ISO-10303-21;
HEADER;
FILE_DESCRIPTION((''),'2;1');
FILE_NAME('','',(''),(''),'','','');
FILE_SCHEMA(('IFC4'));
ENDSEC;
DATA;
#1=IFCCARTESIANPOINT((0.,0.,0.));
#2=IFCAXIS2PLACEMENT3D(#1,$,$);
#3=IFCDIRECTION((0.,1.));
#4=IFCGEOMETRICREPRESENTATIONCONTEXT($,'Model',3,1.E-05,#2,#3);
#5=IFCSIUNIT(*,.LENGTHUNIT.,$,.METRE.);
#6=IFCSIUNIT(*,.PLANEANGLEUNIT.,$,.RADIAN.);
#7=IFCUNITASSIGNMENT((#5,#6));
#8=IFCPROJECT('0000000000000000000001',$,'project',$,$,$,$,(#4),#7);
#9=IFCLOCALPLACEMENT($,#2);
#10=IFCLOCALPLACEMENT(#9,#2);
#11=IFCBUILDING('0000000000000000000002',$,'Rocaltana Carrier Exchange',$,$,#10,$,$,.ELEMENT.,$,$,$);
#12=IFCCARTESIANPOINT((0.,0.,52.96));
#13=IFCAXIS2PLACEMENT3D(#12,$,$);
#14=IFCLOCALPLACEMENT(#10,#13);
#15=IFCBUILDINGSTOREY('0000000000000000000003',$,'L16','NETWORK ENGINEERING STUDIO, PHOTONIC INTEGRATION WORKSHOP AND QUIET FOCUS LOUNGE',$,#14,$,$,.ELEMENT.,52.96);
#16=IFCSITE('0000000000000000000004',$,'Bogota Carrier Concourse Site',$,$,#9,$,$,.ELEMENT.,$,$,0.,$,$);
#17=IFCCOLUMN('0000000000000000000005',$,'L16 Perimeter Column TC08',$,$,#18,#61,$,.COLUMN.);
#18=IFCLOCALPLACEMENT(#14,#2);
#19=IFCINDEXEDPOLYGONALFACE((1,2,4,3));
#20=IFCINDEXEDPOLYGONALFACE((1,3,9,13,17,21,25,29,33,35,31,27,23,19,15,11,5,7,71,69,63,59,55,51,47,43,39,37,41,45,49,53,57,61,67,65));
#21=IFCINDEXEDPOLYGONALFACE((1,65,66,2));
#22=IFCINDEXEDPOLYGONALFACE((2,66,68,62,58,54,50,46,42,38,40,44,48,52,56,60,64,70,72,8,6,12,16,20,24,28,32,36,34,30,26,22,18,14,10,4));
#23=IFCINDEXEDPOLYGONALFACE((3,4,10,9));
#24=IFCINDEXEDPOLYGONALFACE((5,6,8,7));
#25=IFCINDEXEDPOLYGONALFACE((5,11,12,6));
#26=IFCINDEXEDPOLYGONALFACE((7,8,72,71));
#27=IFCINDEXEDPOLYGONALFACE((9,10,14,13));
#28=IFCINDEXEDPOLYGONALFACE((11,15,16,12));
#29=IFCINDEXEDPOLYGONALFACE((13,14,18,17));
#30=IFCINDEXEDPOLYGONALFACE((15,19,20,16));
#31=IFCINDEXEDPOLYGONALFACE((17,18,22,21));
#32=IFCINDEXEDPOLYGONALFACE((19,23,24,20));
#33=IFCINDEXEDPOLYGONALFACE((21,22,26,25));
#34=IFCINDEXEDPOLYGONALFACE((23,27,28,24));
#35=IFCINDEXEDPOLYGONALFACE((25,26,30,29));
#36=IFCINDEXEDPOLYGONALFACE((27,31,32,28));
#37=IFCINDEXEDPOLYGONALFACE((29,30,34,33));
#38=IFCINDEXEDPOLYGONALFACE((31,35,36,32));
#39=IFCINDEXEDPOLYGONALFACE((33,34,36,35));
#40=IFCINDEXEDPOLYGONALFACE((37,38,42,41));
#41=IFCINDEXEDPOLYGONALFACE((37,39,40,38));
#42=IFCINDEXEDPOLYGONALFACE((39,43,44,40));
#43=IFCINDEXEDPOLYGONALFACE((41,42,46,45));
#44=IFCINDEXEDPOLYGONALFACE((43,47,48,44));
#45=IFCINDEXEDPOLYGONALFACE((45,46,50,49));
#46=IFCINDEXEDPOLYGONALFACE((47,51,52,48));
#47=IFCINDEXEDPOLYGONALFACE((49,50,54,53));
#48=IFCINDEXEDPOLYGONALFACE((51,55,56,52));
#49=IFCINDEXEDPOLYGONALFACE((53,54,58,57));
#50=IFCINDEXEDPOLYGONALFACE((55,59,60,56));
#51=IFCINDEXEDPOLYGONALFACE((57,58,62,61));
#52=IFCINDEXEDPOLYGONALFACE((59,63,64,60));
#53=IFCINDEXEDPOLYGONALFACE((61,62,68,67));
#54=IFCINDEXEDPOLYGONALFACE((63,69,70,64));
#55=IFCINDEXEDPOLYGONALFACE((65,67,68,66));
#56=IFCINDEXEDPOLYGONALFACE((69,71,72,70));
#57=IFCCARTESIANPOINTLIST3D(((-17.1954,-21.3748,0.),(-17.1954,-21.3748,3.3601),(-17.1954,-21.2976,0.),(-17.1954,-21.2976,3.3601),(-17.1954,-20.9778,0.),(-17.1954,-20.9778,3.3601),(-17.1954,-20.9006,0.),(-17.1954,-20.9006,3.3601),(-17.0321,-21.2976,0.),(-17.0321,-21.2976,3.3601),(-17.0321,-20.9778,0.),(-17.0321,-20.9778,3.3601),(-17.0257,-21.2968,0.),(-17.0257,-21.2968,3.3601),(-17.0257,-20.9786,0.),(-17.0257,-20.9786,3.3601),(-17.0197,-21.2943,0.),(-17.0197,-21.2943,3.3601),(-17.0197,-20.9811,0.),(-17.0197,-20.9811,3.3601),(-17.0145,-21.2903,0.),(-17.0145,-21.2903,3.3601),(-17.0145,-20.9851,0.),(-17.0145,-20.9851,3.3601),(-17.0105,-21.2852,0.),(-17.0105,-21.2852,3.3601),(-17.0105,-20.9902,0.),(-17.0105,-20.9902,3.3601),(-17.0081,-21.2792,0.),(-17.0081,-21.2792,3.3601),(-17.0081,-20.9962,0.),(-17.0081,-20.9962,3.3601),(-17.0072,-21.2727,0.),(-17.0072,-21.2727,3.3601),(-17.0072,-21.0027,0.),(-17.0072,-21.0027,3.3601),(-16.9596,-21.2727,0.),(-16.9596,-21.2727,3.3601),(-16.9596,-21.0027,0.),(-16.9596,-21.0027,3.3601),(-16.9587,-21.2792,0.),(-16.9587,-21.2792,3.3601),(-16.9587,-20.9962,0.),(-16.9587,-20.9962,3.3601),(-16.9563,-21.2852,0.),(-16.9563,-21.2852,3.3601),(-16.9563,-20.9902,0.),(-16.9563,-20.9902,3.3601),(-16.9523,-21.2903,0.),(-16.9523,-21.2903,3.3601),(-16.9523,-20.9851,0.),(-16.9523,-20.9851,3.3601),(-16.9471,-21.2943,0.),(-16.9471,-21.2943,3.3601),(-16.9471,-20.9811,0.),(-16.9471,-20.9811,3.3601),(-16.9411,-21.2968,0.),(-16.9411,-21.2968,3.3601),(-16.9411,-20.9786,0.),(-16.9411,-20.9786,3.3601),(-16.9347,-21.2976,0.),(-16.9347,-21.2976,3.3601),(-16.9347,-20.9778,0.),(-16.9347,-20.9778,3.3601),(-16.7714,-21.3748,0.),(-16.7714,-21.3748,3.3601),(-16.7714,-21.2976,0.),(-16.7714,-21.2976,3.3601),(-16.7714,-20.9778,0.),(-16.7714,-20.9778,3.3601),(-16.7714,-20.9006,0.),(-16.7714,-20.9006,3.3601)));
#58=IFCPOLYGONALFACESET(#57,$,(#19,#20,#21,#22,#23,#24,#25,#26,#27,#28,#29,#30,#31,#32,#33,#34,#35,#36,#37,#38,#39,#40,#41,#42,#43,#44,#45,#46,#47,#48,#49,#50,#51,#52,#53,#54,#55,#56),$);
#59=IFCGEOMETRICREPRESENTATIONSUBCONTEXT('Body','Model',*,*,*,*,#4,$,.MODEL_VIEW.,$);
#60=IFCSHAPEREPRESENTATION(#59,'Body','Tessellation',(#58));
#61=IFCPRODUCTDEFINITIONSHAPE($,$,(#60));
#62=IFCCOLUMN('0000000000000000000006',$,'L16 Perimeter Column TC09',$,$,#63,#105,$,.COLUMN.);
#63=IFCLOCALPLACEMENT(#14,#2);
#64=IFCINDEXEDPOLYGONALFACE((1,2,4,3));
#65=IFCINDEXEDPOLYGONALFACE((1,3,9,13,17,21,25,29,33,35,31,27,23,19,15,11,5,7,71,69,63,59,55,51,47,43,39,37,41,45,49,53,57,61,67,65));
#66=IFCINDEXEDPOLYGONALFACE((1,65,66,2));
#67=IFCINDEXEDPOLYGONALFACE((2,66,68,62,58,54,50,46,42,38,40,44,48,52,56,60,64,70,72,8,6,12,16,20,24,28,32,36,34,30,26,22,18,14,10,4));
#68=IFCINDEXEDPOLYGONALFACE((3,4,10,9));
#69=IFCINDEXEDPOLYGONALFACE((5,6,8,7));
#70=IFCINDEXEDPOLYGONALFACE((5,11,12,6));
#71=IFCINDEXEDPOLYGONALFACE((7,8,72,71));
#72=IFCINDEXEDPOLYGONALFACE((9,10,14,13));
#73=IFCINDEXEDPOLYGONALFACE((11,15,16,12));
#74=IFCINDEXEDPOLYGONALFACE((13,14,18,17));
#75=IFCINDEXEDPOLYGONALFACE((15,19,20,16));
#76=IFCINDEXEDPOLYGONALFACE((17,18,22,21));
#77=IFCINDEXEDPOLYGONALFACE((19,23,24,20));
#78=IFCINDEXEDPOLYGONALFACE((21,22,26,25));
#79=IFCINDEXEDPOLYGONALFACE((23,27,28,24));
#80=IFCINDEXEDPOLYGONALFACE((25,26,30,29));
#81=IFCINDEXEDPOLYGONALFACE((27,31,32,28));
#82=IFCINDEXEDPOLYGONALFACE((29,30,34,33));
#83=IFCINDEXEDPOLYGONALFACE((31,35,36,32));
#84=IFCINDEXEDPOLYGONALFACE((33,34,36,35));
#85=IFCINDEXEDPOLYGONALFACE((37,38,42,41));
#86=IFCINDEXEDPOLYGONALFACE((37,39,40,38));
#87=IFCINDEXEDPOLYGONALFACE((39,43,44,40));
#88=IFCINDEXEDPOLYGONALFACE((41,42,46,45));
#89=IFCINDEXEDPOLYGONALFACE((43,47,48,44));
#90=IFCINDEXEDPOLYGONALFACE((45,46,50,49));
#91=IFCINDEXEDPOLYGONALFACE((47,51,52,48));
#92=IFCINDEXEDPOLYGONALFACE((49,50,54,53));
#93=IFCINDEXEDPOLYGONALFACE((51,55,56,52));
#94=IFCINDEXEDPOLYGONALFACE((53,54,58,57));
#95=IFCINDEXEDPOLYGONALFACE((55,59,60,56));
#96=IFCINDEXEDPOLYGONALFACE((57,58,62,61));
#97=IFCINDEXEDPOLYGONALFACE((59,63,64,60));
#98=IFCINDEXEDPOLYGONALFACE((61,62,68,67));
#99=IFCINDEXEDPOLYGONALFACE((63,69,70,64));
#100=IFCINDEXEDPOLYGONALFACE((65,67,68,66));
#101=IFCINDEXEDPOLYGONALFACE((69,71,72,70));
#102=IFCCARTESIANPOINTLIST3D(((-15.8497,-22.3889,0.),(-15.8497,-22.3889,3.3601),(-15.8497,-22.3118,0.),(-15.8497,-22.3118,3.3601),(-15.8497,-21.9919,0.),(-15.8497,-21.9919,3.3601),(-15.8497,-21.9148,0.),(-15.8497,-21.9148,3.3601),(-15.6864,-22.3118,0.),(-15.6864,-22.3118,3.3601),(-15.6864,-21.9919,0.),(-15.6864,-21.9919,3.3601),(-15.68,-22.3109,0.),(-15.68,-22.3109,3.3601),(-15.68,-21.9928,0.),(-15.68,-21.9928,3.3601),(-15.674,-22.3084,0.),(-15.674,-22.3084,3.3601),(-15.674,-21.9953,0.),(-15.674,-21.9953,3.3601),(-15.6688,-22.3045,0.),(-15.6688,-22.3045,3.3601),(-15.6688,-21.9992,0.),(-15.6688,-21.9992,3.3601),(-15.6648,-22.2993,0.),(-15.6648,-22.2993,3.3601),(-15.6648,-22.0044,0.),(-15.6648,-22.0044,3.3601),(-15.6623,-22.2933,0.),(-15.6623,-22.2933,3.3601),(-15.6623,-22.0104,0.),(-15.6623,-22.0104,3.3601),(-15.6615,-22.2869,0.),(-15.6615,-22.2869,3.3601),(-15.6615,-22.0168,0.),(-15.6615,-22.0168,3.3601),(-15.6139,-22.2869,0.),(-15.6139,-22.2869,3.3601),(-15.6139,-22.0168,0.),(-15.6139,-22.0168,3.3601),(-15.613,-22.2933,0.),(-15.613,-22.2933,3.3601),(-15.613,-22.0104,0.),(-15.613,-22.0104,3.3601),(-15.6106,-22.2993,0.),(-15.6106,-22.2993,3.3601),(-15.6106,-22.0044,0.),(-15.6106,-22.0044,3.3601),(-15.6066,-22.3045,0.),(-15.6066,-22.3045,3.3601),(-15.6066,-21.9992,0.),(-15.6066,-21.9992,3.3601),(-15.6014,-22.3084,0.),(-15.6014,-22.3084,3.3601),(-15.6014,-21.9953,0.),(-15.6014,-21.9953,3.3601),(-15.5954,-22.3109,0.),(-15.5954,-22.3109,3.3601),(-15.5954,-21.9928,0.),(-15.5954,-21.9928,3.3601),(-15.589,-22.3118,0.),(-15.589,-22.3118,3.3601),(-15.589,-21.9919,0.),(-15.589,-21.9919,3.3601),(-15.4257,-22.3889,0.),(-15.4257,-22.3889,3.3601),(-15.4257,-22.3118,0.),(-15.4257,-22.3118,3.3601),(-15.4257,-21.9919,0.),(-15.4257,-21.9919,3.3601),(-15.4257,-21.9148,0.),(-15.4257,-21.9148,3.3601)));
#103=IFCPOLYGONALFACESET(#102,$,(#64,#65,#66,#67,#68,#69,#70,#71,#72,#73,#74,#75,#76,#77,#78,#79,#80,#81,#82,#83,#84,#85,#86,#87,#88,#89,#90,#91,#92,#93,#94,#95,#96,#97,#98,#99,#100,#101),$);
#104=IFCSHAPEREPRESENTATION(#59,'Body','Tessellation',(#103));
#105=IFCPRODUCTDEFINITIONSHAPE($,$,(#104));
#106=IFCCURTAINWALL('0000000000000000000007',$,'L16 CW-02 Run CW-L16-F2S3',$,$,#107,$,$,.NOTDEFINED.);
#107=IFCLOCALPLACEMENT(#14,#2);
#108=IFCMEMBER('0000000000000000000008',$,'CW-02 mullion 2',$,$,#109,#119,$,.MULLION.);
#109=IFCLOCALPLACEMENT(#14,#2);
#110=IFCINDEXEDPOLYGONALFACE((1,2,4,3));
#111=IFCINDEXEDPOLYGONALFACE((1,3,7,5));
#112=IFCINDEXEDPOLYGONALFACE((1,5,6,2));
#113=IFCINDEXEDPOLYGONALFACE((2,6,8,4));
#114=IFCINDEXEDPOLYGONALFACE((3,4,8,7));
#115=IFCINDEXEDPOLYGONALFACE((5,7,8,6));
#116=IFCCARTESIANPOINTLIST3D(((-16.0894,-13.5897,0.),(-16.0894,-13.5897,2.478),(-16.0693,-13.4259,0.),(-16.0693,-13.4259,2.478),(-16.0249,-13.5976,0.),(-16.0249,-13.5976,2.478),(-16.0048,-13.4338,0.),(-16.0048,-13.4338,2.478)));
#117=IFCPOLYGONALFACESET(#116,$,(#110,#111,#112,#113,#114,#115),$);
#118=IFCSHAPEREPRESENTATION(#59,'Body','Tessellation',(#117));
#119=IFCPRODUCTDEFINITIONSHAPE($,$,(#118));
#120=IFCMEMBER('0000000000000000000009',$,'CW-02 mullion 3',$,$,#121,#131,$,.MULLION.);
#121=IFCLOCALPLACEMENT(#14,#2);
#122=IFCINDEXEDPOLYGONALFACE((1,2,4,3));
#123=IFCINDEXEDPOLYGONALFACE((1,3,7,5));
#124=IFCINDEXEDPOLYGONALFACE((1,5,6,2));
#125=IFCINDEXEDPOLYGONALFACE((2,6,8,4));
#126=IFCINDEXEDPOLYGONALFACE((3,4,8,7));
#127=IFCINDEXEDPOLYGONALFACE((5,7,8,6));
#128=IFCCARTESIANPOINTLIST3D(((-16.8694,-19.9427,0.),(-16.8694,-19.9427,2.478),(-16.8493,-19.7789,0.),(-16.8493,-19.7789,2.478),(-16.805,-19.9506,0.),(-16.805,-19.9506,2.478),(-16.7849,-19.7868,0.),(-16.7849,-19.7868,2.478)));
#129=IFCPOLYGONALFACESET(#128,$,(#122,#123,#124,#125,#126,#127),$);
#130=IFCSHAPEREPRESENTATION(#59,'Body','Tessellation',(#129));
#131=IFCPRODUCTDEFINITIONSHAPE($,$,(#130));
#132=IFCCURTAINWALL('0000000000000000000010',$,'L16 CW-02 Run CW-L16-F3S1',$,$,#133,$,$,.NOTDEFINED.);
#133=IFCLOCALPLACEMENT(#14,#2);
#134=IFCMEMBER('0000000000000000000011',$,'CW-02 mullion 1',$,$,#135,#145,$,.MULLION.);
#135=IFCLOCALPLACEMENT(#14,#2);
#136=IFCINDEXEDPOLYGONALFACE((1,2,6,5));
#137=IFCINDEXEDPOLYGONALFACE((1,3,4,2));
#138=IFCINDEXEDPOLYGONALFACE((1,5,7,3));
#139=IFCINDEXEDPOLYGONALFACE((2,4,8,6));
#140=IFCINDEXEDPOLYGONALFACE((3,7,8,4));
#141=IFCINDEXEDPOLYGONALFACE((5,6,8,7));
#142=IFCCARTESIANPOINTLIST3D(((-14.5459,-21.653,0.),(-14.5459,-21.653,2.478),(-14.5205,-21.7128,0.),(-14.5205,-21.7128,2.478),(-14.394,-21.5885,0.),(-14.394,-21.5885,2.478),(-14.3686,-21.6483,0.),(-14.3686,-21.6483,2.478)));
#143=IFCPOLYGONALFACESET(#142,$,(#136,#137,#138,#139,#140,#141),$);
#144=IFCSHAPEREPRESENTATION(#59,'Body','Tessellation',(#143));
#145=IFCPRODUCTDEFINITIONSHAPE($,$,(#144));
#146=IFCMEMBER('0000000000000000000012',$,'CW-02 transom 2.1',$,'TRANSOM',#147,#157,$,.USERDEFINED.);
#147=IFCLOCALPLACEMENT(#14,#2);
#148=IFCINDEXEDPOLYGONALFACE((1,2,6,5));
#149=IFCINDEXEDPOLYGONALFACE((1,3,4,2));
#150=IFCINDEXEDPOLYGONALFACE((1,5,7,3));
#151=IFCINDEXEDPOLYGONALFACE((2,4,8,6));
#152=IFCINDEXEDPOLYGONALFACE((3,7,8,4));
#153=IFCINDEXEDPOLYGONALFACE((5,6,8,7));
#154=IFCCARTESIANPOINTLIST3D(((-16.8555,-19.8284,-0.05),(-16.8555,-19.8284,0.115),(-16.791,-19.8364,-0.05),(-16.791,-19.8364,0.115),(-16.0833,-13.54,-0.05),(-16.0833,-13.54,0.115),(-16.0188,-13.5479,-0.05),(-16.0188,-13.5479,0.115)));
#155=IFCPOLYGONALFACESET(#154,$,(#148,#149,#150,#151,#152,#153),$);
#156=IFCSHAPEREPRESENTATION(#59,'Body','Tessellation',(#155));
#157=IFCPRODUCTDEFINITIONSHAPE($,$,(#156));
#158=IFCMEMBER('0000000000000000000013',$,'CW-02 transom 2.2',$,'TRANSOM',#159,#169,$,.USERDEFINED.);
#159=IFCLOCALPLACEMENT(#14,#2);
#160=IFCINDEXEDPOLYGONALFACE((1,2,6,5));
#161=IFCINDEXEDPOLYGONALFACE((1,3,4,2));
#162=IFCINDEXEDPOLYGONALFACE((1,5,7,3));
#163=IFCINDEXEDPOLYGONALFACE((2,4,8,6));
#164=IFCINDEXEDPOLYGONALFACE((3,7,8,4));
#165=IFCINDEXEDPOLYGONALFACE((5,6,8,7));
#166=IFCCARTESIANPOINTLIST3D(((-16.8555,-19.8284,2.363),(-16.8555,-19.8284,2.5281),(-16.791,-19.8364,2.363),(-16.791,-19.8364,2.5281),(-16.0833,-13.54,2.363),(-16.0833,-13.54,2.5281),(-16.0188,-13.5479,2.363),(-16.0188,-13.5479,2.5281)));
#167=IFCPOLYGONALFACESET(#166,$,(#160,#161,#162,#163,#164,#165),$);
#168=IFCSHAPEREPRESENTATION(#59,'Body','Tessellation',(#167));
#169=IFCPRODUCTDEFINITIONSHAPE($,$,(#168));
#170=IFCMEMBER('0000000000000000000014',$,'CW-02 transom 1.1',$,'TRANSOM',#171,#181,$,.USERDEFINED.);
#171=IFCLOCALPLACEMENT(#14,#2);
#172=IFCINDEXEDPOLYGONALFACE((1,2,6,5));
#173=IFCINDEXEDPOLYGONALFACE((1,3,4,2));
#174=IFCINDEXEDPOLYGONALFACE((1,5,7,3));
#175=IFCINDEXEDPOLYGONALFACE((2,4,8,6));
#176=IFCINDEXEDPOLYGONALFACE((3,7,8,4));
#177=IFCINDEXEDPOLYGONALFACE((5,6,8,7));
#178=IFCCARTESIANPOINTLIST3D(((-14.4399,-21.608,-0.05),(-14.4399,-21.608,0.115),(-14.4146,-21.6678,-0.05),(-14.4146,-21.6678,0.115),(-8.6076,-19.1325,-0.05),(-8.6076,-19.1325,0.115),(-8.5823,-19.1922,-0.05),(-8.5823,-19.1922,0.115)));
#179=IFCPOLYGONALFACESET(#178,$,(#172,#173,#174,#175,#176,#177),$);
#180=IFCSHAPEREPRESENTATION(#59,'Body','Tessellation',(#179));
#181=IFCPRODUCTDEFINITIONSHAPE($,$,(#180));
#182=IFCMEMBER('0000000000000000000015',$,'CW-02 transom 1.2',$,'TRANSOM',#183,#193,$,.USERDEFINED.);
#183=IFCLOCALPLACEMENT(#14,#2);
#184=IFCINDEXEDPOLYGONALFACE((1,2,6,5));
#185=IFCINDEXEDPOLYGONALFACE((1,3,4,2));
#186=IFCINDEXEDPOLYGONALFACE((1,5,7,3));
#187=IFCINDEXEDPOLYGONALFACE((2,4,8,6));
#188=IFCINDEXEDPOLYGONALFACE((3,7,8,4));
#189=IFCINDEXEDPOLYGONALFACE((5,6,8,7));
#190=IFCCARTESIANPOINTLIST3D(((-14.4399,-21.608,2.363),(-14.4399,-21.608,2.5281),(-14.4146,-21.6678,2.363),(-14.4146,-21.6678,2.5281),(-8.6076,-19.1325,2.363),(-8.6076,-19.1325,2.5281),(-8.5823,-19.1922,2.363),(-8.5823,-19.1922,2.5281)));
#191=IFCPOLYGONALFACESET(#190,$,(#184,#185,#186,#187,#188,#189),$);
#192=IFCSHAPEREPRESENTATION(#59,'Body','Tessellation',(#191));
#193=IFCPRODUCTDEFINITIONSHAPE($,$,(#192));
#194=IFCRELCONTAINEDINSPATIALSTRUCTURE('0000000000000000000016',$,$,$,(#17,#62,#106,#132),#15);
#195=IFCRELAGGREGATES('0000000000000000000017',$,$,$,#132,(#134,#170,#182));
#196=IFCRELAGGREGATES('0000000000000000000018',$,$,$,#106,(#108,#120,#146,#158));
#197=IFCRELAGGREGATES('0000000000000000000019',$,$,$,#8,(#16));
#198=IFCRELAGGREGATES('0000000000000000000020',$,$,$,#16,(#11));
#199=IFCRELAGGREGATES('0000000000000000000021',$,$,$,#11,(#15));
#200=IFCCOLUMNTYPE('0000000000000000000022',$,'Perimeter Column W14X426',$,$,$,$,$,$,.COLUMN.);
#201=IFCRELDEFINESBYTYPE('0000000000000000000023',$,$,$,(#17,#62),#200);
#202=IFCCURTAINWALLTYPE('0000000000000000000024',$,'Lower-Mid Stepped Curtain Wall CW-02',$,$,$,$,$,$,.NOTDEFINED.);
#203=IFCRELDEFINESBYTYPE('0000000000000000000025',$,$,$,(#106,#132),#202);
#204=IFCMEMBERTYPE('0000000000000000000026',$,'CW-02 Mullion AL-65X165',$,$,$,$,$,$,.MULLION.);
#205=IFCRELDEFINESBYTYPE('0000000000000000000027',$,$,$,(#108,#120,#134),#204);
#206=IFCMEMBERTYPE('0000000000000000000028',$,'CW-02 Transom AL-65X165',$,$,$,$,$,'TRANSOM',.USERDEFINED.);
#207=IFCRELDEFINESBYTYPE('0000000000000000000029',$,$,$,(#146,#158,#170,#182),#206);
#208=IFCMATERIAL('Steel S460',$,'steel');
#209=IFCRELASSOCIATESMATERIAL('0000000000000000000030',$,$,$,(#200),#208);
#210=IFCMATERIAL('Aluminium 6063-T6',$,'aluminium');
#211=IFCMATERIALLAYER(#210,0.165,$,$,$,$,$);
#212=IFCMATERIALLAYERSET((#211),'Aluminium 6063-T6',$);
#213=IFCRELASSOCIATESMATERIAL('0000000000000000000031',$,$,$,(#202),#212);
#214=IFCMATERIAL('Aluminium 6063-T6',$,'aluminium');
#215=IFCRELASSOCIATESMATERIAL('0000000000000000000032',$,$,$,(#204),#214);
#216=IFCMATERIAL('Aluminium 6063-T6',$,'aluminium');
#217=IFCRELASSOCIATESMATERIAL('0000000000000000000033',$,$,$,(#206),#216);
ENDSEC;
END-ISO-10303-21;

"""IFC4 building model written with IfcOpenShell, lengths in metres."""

from ifc_helpers import new_model, si_unit, direction, frame, origin, origin_2d, place, context, subcontext, project, spatial, rectangle, i_section, extrude, material, layer, layer_set, material_profile, profile_set, type_object, element, aggregate, save


model = new_model("IFC4")

# Units and contexts
model_context = context("Model", 3, precision=1e-05, world=origin(), true_north=direction((0.0, 1.0)))
body_context = subcontext(model_context, "Body", "Model", "MODEL_VIEW")
ifc_project = project(units=[si_unit("LENGTHUNIT", "METRE"), si_unit("PLANEANGLEUNIT", "RADIAN")], contexts=[model_context])

# Site, building, storey
site_placement = place(None, origin())
site = spatial("IfcSite", under=ifc_project, at=site_placement, Name="Bogota Carrier Concourse Site", CompositionType="ELEMENT", RefElevation=0.0)
building_placement = place(site_placement, origin())
building = spatial("IfcBuilding", under=site, at=building_placement, Name="Rocaltana Carrier Exchange", CompositionType="ELEMENT")
storey_placement = place(building_placement, frame((0.0, 0.0, 52.96)))
storey = spatial("IfcBuildingStorey", under=building, at=storey_placement, Name="L16", Description="NETWORK ENGINEERING STUDIO, PHOTONIC INTEGRATION WORKSHOP AND QUIET FOCUS LOUNGE", CompositionType="ELEMENT", Elevation=52.96)

# Columns
ifc_material_1 = material(Name="Steel S460", Category="steel")
ifc_material_profile_1 = material_profile(ifc_material_1, i_section(OverallWidth=0.4241, OverallDepth=0.4741, WebThickness=0.0476, FlangeThickness=0.0771, FilletRadius=0.0249, at=origin_2d()), Name="W14X426")
ifc_profile_set_1 = profile_set([ifc_material_profile_1], Name="Steel S460")
column_type = type_object("IfcColumnType", Name="Perimeter Column W14X426", PredefinedType="COLUMN", material=ifc_profile_set_1)
for number, where, z_axis, x_axis, name in (
    (1, (-16.9834, -21.1377, 0.0), (0.0, 0.0, 1.0), (1.0, 0.0, 0.0), "L16 Perimeter Column TC08"),
    (2, (-15.6377, -22.1519, 0.0), (0.0, 0.0, 1.0), (1.0, 0.0, 0.0), "L16 Perimeter Column TC09"),
):
    element("IfcColumn", number, at=place(storey_placement, frame(where, z_axis=z_axis, x_axis=x_axis)), inside=storey, type_object=column_type, Name=name, PredefinedType="COLUMN", context=body_context, shape_type="SweptSolid", body=[
        extrude(i_section(OverallWidth=0.4241, OverallDepth=0.4741, WebThickness=0.0476, FlangeThickness=0.0771, FilletRadius=0.0249, at=origin_2d()), origin(), (0.0, 0.0, 1.0), 3.3601),
    ])

# Curtain wall, members
ifc_material_2 = material(Name="Aluminium 6063-T6", Category="aluminium")
ifc_layer_1 = layer(ifc_material_2, 0.165)
ifc_layer_set_1 = layer_set([ifc_layer_1], Name="Aluminium 6063-T6")
curtain_wall_type = type_object("IfcCurtainWallType", Name="Lower-Mid Stepped Curtain Wall CW-02", PredefinedType="NOTDEFINED", material=ifc_layer_set_1)
curtain_wall_1_placement = place(storey_placement, origin())
curtain_wall_1 = element("IfcCurtainWall", 3, at=curtain_wall_1_placement, inside=storey, type_object=curtain_wall_type, Name="L16 CW-02 Run CW-L16-F2S3", PredefinedType="NOTDEFINED")
ifc_material_3 = material(Name="Aluminium 6063-T6", Category="aluminium")
ifc_material_profile_2 = material_profile(ifc_material_3, rectangle(XDim=0.0649, YDim=0.165, at=origin_2d()), Name="AL-65X165")
ifc_profile_set_2 = profile_set([ifc_material_profile_2], Name="Aluminium 6063-T6")
member_type_1 = type_object("IfcMemberType", Name="CW-02 Mullion AL-65X165", PredefinedType="MULLION", material=ifc_profile_set_2)
member_1_placement = place(storey_placement, frame((-16.0471, -13.5117, 0.0), z_axis=(0.0, 0.0, 1.0), x_axis=(0.992545, -0.121881, 0.0)))
member_1 = element("IfcMember", 4, at=member_1_placement, type_object=member_type_1, Name="CW-02 mullion 2", PredefinedType="MULLION", context=body_context, shape_type="SweptSolid", body=[
    extrude(rectangle(XDim=0.0649, YDim=0.165, at=origin_2d()), origin(), (0.0, 0.0, 1.0), 2.478),
])
member_2_placement = place(storey_placement, frame((-16.8271, -19.8647, 0.0), z_axis=(0.0, 0.0, 1.0), x_axis=(0.992545, -0.121881, 0.0)))
member_2 = element("IfcMember", 5, at=member_2_placement, type_object=member_type_1, Name="CW-02 mullion 3", PredefinedType="MULLION", context=body_context, shape_type="SweptSolid", body=[
    extrude(rectangle(XDim=0.0649, YDim=0.165, at=origin_2d()), origin(), (0.0, 0.0, 1.0), 2.478),
])

# Curtain wall, member
curtain_wall_2_placement = place(storey_placement, origin())
curtain_wall_2 = element("IfcCurtainWall", 6, at=curtain_wall_2_placement, inside=storey, type_object=curtain_wall_type, Name="L16 CW-02 Run CW-L16-F3S1", PredefinedType="NOTDEFINED")
member_3_placement = place(storey_placement, frame((-14.4573, -21.6506, 0.0), z_axis=(0.0, 0.0, 1.0), x_axis=(-0.390729, 0.920506, 0.0)))
member_3 = element("IfcMember", 7, at=member_3_placement, type_object=member_type_1, Name="CW-02 mullion 1", PredefinedType="MULLION", context=body_context, shape_type="SweptSolid", body=[
    extrude(rectangle(XDim=0.0649, YDim=0.165, at=origin_2d()), origin(), (0.0, 0.0, 1.0), 2.478),
])

# Members
ifc_material_4 = material(Name="Aluminium 6063-T6", Category="aluminium")
ifc_material_profile_3 = material_profile(ifc_material_4, rectangle(XDim=0.0649, YDim=0.165, at=origin_2d()), Name="AL-65X165")
ifc_profile_set_3 = profile_set([ifc_material_profile_3], Name="Aluminium 6063-T6")
member_type_2 = type_object("IfcMemberType", Name="CW-02 Transom AL-65X165", ElementType="TRANSOM", PredefinedType="USERDEFINED", material=ifc_profile_set_3)
member_4_placement = place(storey_placement, frame((-16.051, -13.5439, 0.0325), z_axis=(-0.121881, -0.992545, 0.0), x_axis=(0.992545, -0.121881, 0.0)))
member_4 = element("IfcMember", 8, at=member_4_placement, type_object=member_type_2, Name="CW-02 transom 2.1", ObjectType="TRANSOM", PredefinedType="USERDEFINED", context=body_context, shape_type="SweptSolid", body=[
    extrude(rectangle(XDim=0.0649, YDim=0.165, at=origin_2d()), origin(), (0.0, 0.0, 1.0), 6.3357),
])
member_5_placement = place(storey_placement, frame((-16.051, -13.5439, 2.4456), z_axis=(-0.121881, -0.992545, 0.0), x_axis=(0.992545, -0.121881, 0.0)))
member_5 = element("IfcMember", 9, at=member_5_placement, type_object=member_type_2, Name="CW-02 transom 2.2", ObjectType="TRANSOM", PredefinedType="USERDEFINED", context=body_context, shape_type="SweptSolid", body=[
    extrude(rectangle(XDim=0.0649, YDim=0.165, at=origin_2d()), origin(), (0.0, 0.0, 1.0), 6.3357),
])
member_6_placement = place(storey_placement, frame((-14.4272, -21.6379, 0.0325), z_axis=(0.920509, 0.390722, 0.0), x_axis=(-0.390722, 0.920509, 0.0)))
member_6 = element("IfcMember", 10, at=member_6_placement, type_object=member_type_2, Name="CW-02 transom 1.1", ObjectType="TRANSOM", PredefinedType="USERDEFINED", context=body_context, shape_type="SweptSolid", body=[
    extrude(rectangle(XDim=0.0649, YDim=0.165, at=origin_2d()), origin(), (0.0, 0.0, 1.0), 6.3359),
])
member_7_placement = place(storey_placement, frame((-14.4272, -21.6379, 2.4456), z_axis=(0.920509, 0.390722, 0.0), x_axis=(-0.390722, 0.920509, 0.0)))
member_7 = element("IfcMember", 11, at=member_7_placement, type_object=member_type_2, Name="CW-02 transom 1.2", ObjectType="TRANSOM", PredefinedType="USERDEFINED", context=body_context, shape_type="SweptSolid", body=[
    extrude(rectangle(XDim=0.0649, YDim=0.165, at=origin_2d()), origin(), (0.0, 0.0, 1.0), 6.3359),
])
aggregate(curtain_wall_2, [member_3, member_6, member_7])

aggregate(curtain_wall_1, [member_1, member_2, member_4, member_5])

save(model, "model.ifc")
